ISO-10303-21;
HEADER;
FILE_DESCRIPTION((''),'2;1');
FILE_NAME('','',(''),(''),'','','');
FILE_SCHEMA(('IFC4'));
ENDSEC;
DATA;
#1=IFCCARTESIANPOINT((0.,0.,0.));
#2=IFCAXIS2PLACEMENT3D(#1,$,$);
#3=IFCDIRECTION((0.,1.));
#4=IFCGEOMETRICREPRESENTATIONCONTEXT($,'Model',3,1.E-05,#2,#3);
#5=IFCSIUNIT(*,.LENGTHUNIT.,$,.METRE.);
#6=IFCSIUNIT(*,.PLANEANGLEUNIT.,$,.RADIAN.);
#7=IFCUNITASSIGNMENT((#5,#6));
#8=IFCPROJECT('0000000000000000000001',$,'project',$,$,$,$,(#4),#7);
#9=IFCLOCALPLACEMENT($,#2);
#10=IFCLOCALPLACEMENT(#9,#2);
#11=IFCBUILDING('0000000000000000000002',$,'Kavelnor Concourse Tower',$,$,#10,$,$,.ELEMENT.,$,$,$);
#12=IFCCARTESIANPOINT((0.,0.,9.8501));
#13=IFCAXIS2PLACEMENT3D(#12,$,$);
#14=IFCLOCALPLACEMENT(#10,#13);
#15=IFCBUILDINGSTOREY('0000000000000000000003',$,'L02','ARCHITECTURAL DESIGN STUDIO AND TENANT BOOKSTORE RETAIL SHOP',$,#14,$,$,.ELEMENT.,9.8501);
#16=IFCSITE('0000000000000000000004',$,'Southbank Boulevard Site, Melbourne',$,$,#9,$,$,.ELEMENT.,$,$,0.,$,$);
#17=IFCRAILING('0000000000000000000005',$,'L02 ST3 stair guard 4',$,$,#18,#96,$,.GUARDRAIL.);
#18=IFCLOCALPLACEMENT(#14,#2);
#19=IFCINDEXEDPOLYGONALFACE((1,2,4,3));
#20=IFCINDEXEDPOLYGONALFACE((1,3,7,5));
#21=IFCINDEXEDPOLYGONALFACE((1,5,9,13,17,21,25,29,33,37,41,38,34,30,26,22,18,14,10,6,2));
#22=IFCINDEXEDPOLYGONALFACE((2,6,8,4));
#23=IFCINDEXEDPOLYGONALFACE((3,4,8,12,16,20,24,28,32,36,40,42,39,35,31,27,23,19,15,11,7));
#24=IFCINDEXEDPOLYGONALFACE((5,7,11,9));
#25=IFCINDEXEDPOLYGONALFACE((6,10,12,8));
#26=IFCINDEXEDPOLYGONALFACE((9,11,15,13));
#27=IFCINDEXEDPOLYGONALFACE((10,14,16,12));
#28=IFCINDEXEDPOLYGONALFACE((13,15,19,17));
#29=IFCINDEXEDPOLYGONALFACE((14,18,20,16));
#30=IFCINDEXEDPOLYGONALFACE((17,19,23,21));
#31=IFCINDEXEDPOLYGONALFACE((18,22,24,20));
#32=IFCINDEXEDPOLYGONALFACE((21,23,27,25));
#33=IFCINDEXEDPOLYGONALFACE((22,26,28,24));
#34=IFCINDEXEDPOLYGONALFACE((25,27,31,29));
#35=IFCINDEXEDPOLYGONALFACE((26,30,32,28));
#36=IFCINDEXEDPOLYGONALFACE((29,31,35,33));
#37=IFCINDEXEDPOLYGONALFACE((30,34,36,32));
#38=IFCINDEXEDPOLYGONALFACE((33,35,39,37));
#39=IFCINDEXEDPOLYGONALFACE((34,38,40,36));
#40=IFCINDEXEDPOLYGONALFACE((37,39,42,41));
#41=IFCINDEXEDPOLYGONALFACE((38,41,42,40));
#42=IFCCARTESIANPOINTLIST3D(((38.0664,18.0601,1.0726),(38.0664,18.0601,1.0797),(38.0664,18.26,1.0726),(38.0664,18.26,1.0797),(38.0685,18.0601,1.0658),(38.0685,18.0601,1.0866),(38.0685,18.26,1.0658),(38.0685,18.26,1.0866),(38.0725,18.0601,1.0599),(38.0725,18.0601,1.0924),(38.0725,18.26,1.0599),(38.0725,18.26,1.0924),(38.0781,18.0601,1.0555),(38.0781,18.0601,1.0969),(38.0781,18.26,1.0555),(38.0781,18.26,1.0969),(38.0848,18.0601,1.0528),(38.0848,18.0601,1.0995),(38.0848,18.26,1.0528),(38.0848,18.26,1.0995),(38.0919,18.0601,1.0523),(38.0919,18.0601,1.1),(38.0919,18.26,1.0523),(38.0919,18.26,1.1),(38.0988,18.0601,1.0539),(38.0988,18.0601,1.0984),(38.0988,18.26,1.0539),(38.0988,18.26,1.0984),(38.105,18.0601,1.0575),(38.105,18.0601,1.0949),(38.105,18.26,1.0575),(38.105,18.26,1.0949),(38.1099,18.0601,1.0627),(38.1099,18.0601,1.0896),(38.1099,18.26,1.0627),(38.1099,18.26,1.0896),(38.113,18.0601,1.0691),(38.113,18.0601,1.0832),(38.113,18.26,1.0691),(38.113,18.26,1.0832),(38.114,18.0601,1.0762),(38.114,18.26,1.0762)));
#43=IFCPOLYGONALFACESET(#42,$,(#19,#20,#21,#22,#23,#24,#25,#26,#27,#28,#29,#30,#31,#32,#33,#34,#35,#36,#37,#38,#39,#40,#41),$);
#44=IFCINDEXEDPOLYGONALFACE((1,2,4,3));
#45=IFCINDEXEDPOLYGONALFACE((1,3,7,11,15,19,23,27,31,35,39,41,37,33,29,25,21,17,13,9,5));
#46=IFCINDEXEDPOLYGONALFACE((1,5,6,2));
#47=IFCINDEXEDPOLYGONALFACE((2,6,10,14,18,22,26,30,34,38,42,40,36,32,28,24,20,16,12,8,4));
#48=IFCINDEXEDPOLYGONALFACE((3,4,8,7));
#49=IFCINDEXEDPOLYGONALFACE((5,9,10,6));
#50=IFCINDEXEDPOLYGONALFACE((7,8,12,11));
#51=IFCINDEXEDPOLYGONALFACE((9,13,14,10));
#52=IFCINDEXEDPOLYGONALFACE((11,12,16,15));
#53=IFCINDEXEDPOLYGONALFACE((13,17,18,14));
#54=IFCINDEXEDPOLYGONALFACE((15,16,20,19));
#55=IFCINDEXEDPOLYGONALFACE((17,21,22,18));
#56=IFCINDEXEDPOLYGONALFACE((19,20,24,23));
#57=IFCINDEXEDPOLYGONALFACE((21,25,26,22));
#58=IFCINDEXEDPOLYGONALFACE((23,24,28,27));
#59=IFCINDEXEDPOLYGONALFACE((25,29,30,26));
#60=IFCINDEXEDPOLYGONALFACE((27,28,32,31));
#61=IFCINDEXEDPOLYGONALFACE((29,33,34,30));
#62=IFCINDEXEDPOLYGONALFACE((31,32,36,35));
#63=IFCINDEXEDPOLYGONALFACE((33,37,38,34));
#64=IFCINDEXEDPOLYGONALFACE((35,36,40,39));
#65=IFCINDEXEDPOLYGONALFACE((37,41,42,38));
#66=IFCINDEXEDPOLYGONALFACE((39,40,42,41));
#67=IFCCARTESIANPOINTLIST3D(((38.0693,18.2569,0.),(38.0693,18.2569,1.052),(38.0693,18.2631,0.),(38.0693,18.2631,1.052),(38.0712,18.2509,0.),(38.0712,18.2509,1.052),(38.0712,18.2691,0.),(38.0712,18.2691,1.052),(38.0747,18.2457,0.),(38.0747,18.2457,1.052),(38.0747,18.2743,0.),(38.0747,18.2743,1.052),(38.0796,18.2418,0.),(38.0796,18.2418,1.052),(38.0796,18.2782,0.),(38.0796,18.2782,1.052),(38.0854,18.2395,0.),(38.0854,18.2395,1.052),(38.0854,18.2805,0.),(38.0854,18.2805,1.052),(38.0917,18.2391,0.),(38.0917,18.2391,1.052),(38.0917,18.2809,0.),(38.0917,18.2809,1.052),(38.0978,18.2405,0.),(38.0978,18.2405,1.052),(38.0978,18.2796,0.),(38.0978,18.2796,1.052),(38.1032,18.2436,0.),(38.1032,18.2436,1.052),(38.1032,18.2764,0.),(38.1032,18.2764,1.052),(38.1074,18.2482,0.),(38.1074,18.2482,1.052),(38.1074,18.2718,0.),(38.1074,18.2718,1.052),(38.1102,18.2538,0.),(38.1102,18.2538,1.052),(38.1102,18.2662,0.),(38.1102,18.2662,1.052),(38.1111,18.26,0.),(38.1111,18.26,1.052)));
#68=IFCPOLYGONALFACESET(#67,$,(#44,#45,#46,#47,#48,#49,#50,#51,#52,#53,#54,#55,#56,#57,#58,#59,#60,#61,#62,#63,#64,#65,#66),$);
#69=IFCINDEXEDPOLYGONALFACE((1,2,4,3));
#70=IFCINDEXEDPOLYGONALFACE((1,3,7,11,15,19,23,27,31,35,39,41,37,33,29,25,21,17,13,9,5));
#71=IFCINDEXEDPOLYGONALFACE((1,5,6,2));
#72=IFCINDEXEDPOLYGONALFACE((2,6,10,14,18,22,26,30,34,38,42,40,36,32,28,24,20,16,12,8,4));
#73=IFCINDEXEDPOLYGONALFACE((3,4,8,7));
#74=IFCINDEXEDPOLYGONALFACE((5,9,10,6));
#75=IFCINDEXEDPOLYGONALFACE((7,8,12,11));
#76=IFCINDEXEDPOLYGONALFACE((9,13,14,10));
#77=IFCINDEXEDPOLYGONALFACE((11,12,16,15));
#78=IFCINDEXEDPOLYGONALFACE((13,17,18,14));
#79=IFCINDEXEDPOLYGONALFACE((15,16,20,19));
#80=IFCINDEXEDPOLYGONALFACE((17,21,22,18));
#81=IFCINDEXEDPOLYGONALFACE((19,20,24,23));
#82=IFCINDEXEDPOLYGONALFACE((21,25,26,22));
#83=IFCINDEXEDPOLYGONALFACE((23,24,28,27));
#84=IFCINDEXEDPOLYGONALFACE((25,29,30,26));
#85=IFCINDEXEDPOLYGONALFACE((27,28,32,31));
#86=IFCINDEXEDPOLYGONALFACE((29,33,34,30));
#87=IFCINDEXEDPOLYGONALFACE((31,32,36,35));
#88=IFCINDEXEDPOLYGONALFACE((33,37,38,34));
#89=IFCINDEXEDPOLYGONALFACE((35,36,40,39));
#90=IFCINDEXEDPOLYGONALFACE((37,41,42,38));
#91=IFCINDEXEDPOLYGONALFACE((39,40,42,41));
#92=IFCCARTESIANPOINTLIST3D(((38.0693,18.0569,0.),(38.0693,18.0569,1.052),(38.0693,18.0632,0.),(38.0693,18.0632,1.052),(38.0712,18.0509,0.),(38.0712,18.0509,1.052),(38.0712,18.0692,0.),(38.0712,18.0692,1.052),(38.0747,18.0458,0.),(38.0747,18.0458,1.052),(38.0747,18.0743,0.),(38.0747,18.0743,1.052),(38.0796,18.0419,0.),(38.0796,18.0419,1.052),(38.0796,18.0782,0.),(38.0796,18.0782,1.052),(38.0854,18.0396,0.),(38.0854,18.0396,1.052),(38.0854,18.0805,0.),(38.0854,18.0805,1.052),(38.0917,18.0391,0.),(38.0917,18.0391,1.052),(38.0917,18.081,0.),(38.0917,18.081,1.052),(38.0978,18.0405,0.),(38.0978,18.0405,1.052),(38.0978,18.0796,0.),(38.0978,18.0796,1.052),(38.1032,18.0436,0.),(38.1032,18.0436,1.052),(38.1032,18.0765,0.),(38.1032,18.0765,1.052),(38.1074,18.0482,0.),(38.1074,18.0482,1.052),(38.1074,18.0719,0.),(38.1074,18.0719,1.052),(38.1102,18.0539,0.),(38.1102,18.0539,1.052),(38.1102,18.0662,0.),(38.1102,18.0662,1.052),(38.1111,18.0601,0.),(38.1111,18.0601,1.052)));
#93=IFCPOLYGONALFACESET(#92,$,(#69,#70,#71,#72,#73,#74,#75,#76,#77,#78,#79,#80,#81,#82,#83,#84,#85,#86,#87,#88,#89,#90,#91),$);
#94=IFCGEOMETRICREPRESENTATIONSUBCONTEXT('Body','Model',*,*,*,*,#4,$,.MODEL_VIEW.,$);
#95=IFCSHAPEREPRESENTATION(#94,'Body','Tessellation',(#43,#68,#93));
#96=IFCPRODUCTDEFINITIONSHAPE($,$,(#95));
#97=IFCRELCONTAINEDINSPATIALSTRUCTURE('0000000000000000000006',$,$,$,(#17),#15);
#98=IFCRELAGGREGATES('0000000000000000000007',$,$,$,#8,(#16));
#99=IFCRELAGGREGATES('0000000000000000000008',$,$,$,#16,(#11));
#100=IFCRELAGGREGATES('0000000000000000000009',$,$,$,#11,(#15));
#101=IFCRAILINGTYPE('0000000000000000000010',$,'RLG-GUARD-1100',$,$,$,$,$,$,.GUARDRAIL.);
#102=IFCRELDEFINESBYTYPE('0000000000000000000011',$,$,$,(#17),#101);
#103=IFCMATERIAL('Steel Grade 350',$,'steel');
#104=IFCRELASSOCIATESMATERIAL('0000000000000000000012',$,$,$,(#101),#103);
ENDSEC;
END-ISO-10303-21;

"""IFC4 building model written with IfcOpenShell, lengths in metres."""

from ifc_helpers import new_model, si_unit, direction, frame, origin, origin_2d, place, context, subcontext, project, spatial, circle, extrude, material, type_object, element, save


model = new_model("IFC4")

# Units and contexts
model_context = context("Model", 3, precision=1e-05, world=origin(), true_north=direction((0.0, 1.0)))
body_context = subcontext(model_context, "Body", "Model", "MODEL_VIEW")
ifc_project = project(units=[si_unit("LENGTHUNIT", "METRE"), si_unit("PLANEANGLEUNIT", "RADIAN")], contexts=[model_context])

# Site, building, storey
site_placement = place(None, origin())
site = spatial("IfcSite", under=ifc_project, at=site_placement, Name="Southbank Boulevard Site, Melbourne", CompositionType="ELEMENT", RefElevation=0.0)
building_placement = place(site_placement, origin())
building = spatial("IfcBuilding", under=site, at=building_placement, Name="Kavelnor Concourse Tower", CompositionType="ELEMENT")
storey_placement = place(building_placement, frame((0.0, 0.0, 9.8501)))
storey = spatial("IfcBuildingStorey", under=building, at=storey_placement, Name="L02", Description="ARCHITECTURAL DESIGN STUDIO AND TENANT BOOKSTORE RETAIL SHOP", CompositionType="ELEMENT", Elevation=9.8501)

# Shared definitions
ifc_material_1 = material(Name="Steel Grade 350", Category="steel")

# Railing
railing_type_1 = type_object("IfcRailingType", Name="RLG-GUARD-1100", PredefinedType="GUARDRAIL", material=ifc_material_1)
railing_1_placement = place(storey_placement, frame((38.0901, 18.26, 0.0)))
element("IfcRailing", 1, at=railing_1_placement, inside=storey, type_object=railing_type_1, Name="L02 ST3 stair guard 4", PredefinedType="GUARDRAIL", context=body_context, shape_type="SweptSolid", body=[
    extrude(circle(Radius=0.0239, at=origin_2d()), frame((0.0, 0.0, 1.0762), z_axis=(0.0, -1.0, 0.0), x_axis=(1.0, 0.0, 0.0)), (0.0, 0.0, 1.0), 0.2),
    extrude(circle(Radius=0.021, at=origin_2d()), origin(), (0.0, 0.0, 1.0), 1.052),
    extrude(circle(Radius=0.021, at=origin_2d()), frame((0.0, -0.2, 0.0)), (0.0, 0.0, 1.0), 1.052),
])

save(model, "model.ifc")
